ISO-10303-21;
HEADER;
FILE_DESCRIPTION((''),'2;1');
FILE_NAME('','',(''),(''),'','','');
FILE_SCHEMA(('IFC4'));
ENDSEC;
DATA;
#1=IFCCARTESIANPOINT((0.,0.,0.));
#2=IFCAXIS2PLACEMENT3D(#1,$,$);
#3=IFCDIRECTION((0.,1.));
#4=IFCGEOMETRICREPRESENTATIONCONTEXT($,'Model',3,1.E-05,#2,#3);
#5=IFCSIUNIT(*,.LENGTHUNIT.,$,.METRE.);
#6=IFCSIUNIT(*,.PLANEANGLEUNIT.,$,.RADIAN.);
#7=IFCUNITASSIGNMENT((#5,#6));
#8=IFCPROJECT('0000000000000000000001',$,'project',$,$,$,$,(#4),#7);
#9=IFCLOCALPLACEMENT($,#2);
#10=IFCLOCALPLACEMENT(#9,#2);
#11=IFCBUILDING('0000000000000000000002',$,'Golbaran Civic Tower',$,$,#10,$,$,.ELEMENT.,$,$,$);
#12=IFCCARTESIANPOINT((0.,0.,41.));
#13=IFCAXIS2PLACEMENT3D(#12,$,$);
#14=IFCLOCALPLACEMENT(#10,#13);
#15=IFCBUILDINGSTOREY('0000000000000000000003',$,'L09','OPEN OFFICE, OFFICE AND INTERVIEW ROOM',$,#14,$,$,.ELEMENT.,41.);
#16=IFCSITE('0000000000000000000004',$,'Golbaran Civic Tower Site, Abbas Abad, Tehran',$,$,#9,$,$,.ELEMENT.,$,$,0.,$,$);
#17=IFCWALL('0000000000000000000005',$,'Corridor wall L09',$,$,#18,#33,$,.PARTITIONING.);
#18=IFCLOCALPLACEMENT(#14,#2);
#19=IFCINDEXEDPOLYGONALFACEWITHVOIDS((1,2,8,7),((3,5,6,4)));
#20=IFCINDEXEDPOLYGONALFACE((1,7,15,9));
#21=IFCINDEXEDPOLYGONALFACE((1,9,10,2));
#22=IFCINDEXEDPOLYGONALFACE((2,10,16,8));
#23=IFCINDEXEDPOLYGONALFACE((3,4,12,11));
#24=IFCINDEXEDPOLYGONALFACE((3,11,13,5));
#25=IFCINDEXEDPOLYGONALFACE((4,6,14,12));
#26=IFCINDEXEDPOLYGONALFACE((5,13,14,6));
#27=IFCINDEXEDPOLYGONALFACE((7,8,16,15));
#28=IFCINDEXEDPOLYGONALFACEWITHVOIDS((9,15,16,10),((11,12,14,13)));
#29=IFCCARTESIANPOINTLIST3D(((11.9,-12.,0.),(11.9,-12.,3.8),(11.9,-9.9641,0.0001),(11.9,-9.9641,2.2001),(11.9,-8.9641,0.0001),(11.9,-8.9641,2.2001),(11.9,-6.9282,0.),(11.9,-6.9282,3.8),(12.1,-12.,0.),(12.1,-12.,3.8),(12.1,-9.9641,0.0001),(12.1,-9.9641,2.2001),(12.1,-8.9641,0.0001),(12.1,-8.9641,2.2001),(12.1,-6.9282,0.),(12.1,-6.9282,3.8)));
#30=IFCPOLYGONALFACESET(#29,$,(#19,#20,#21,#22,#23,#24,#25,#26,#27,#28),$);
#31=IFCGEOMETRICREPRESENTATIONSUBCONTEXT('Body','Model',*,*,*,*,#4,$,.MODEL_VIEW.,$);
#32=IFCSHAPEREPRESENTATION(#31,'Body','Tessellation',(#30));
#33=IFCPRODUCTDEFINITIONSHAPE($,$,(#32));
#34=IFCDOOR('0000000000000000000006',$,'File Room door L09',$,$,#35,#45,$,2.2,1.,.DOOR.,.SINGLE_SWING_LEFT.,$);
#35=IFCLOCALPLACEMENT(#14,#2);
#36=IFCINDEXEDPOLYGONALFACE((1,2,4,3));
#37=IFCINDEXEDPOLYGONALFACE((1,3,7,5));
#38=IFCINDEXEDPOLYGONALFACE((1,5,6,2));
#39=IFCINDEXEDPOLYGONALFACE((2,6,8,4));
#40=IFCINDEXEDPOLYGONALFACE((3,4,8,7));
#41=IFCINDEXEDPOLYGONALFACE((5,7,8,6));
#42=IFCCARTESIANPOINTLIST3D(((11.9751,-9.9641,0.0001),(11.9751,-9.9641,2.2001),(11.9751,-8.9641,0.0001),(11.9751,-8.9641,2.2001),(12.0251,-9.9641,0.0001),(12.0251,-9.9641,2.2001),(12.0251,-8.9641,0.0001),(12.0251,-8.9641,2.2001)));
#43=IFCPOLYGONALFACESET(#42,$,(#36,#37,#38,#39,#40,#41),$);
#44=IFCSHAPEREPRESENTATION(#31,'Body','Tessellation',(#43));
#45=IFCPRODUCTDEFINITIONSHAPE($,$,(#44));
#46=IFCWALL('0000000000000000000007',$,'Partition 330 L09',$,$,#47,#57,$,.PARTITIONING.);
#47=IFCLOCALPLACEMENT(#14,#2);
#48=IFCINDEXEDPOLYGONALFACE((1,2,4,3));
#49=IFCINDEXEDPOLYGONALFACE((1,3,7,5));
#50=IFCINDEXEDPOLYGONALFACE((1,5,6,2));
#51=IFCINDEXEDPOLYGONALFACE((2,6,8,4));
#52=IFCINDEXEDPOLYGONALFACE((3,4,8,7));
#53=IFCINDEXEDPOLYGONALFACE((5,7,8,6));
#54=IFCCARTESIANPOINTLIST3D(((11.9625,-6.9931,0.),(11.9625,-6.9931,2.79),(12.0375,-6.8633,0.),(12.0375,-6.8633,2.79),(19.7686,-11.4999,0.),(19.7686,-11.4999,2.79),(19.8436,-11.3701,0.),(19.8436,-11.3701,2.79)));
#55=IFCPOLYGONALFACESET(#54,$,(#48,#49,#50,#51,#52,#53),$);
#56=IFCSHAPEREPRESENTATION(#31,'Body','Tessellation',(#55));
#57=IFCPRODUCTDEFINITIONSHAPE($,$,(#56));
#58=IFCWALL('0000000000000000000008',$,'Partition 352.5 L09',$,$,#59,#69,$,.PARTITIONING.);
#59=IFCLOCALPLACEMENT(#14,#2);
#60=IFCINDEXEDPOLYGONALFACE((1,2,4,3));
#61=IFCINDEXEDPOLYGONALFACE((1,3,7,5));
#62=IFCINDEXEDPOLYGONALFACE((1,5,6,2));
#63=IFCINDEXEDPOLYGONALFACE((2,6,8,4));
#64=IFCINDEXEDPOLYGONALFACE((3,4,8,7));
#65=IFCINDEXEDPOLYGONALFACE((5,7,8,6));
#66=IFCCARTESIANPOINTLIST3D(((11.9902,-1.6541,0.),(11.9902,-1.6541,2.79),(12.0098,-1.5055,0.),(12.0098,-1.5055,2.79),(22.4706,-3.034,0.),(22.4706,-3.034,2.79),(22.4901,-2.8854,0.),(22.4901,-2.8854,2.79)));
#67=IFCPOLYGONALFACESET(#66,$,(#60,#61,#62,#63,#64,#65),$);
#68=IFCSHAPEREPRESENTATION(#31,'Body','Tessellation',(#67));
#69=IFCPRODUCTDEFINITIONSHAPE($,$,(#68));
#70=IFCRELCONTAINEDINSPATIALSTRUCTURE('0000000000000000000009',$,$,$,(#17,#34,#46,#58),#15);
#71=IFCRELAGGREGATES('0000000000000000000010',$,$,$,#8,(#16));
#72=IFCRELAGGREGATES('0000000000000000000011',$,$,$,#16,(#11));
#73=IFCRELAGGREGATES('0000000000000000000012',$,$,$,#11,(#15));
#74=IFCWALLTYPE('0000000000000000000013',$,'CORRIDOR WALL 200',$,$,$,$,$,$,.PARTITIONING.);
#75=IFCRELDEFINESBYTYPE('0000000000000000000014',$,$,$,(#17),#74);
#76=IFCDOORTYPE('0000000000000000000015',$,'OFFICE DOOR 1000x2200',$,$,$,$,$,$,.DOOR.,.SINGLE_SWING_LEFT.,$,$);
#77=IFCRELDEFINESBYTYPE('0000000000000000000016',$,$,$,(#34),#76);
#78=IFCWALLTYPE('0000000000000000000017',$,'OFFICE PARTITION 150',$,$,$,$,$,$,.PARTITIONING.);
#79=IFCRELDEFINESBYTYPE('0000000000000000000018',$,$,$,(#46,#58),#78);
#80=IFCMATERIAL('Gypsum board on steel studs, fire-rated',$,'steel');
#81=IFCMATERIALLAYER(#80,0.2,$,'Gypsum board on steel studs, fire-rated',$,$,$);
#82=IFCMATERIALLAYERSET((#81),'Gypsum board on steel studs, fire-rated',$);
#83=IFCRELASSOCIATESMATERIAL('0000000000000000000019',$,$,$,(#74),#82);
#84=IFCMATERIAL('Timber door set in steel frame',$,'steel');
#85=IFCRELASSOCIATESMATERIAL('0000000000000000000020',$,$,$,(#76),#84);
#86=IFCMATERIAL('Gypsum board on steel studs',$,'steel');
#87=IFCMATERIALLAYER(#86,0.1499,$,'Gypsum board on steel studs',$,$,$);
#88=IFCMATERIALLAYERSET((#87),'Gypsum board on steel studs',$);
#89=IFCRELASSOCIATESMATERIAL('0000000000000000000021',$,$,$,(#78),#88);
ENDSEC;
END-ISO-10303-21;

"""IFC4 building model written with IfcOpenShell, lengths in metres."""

from ifc_helpers import new_model, si_unit, direction, frame, frame_2d, origin, place, context, subcontext, project, spatial, rectangle, extrude, material, layer, layer_set, type_object, element, fill, save


model = new_model("IFC4")

# Units and contexts
model_context = context("Model", 3, precision=1e-05, world=origin(), true_north=direction((0.0, 1.0)))
body_context = subcontext(model_context, "Body", "Model", "MODEL_VIEW")
ifc_project = project(units=[si_unit("LENGTHUNIT", "METRE"), si_unit("PLANEANGLEUNIT", "RADIAN")], contexts=[model_context])

# Site, building, storey
site_placement = place(None, origin())
site = spatial("IfcSite", under=ifc_project, at=site_placement, Name="Golbaran Civic Tower Site, Abbas Abad, Tehran", CompositionType="ELEMENT", RefElevation=0.0)
building_placement = place(site_placement, origin())
building = spatial("IfcBuilding", under=site, at=building_placement, Name="Golbaran Civic Tower", CompositionType="ELEMENT")
storey_placement = place(building_placement, frame((0.0, 0.0, 41.0)))
storey = spatial("IfcBuildingStorey", under=building, at=storey_placement, Name="L09", Description="OPEN OFFICE, OFFICE AND INTERVIEW ROOM", CompositionType="ELEMENT", Elevation=41.0)

# Shared definitions
ifc_material_1 = material(Name="Timber door set in steel frame", Category="steel")

# Wall, opening, door
ifc_material_2 = material(Name="Gypsum board on steel studs, fire-rated", Category="steel")
ifc_layer_1 = layer(ifc_material_2, 0.2, Name="Gypsum board on steel studs, fire-rated")
ifc_layer_set_1 = layer_set([ifc_layer_1], Name="Gypsum board on steel studs, fire-rated")
wall_type_1 = type_object("IfcWallType", Name="CORRIDOR WALL 200", PredefinedType="PARTITIONING", material=ifc_layer_set_1)
door_type_1 = type_object("IfcDoorType", Name="OFFICE DOOR 1000x2200", OperationType="SINGLE_SWING_LEFT", PredefinedType="DOOR", material=ifc_material_1)
wall_1_placement = place(storey_placement, frame((12.0, -12.0, 0.0), z_axis=(0.0, 0.0, 1.0), x_axis=(0.0, 1.0, 0.0)))
wall_1 = element("IfcWall", 1, at=wall_1_placement, inside=storey, type_object=wall_type_1, Name="Corridor wall L09", PredefinedType="PARTITIONING", context=body_context, shape_type="SweptSolid", body=[
    extrude(rectangle(XDim=5.0718, YDim=0.2, at=frame_2d((2.5359, 0.0))), origin(), (0.0, 0.0, 1.0), 3.8),
])
opening_1_placement = place(wall_1_placement, frame((2.0359, 0.0, 0.0)))
opening_1 = element("IfcOpeningElement", 2, at=opening_1_placement, cuts=wall_1, PredefinedType="OPENING", context=body_context, shape_type="SweptSolid", body=[
    extrude(rectangle(XDim=1.0, YDim=2.2, at=frame_2d((0.5, 1.1001))), frame((0.0, 0.1099, 0.0), z_axis=(0.0, -1.0, 0.0), x_axis=(1.0, 0.0, 0.0)), (0.0, 0.0, 1.0), 0.22),
])
door_1_placement = place(opening_1_placement, origin())
door_1 = element("IfcDoor", 3, at=door_1_placement, inside=storey, type_object=door_type_1, Name="File Room door L09", OperationType="SINGLE_SWING_LEFT", OverallHeight=2.2, OverallWidth=1.0, PredefinedType="DOOR", context=body_context, shape_type="SweptSolid", body=[
    extrude(rectangle(XDim=1.0, YDim=2.2, at=frame_2d((0.5, 1.1001))), frame((0.0, 0.0249, 0.0), z_axis=(0.0, -1.0, 0.0), x_axis=(1.0, 0.0, 0.0)), (0.0, 0.0, 1.0), 0.05),
])
fill(opening_1, door_1)

# Walls
ifc_material_3 = material(Name="Gypsum board on steel studs", Category="steel")
ifc_layer_2 = layer(ifc_material_3, 0.1499, Name="Gypsum board on steel studs")
ifc_layer_set_2 = layer_set([ifc_layer_2], Name="Gypsum board on steel studs")
wall_type_2 = type_object("IfcWallType", Name="OFFICE PARTITION 150", PredefinedType="PARTITIONING", material=ifc_layer_set_2)
wall_2_placement = place(storey_placement, frame((12.0, -6.9282, 0.0), z_axis=(0.0, 0.0, 1.0), x_axis=(0.866028, -0.499996, 0.0)))
element("IfcWall", 4, at=wall_2_placement, inside=storey, type_object=wall_type_2, Name="Partition 330 L09", PredefinedType="PARTITIONING", context=body_context, shape_type="SweptSolid", body=[
    extrude(rectangle(XDim=9.0137, YDim=0.1499, at=frame_2d((4.5068, 0.0))), origin(), (0.0, 0.0, 1.0), 2.79),
])
wall_3_placement = place(storey_placement, frame((12.0, -1.5798, 0.0), z_axis=(0.0, 0.0, 1.0), x_axis=(0.991444, -0.130536, 0.0)))
element("IfcWall", 5, at=wall_3_placement, inside=storey, type_object=wall_type_2, Name="Partition 352.5 L09", PredefinedType="PARTITIONING", context=body_context, shape_type="SweptSolid", body=[
    extrude(rectangle(XDim=10.5708, YDim=0.1499, at=frame_2d((5.2854, 0.0))), origin(), (0.0, 0.0, 1.0), 2.79),
])

save(model, "model.ifc")
